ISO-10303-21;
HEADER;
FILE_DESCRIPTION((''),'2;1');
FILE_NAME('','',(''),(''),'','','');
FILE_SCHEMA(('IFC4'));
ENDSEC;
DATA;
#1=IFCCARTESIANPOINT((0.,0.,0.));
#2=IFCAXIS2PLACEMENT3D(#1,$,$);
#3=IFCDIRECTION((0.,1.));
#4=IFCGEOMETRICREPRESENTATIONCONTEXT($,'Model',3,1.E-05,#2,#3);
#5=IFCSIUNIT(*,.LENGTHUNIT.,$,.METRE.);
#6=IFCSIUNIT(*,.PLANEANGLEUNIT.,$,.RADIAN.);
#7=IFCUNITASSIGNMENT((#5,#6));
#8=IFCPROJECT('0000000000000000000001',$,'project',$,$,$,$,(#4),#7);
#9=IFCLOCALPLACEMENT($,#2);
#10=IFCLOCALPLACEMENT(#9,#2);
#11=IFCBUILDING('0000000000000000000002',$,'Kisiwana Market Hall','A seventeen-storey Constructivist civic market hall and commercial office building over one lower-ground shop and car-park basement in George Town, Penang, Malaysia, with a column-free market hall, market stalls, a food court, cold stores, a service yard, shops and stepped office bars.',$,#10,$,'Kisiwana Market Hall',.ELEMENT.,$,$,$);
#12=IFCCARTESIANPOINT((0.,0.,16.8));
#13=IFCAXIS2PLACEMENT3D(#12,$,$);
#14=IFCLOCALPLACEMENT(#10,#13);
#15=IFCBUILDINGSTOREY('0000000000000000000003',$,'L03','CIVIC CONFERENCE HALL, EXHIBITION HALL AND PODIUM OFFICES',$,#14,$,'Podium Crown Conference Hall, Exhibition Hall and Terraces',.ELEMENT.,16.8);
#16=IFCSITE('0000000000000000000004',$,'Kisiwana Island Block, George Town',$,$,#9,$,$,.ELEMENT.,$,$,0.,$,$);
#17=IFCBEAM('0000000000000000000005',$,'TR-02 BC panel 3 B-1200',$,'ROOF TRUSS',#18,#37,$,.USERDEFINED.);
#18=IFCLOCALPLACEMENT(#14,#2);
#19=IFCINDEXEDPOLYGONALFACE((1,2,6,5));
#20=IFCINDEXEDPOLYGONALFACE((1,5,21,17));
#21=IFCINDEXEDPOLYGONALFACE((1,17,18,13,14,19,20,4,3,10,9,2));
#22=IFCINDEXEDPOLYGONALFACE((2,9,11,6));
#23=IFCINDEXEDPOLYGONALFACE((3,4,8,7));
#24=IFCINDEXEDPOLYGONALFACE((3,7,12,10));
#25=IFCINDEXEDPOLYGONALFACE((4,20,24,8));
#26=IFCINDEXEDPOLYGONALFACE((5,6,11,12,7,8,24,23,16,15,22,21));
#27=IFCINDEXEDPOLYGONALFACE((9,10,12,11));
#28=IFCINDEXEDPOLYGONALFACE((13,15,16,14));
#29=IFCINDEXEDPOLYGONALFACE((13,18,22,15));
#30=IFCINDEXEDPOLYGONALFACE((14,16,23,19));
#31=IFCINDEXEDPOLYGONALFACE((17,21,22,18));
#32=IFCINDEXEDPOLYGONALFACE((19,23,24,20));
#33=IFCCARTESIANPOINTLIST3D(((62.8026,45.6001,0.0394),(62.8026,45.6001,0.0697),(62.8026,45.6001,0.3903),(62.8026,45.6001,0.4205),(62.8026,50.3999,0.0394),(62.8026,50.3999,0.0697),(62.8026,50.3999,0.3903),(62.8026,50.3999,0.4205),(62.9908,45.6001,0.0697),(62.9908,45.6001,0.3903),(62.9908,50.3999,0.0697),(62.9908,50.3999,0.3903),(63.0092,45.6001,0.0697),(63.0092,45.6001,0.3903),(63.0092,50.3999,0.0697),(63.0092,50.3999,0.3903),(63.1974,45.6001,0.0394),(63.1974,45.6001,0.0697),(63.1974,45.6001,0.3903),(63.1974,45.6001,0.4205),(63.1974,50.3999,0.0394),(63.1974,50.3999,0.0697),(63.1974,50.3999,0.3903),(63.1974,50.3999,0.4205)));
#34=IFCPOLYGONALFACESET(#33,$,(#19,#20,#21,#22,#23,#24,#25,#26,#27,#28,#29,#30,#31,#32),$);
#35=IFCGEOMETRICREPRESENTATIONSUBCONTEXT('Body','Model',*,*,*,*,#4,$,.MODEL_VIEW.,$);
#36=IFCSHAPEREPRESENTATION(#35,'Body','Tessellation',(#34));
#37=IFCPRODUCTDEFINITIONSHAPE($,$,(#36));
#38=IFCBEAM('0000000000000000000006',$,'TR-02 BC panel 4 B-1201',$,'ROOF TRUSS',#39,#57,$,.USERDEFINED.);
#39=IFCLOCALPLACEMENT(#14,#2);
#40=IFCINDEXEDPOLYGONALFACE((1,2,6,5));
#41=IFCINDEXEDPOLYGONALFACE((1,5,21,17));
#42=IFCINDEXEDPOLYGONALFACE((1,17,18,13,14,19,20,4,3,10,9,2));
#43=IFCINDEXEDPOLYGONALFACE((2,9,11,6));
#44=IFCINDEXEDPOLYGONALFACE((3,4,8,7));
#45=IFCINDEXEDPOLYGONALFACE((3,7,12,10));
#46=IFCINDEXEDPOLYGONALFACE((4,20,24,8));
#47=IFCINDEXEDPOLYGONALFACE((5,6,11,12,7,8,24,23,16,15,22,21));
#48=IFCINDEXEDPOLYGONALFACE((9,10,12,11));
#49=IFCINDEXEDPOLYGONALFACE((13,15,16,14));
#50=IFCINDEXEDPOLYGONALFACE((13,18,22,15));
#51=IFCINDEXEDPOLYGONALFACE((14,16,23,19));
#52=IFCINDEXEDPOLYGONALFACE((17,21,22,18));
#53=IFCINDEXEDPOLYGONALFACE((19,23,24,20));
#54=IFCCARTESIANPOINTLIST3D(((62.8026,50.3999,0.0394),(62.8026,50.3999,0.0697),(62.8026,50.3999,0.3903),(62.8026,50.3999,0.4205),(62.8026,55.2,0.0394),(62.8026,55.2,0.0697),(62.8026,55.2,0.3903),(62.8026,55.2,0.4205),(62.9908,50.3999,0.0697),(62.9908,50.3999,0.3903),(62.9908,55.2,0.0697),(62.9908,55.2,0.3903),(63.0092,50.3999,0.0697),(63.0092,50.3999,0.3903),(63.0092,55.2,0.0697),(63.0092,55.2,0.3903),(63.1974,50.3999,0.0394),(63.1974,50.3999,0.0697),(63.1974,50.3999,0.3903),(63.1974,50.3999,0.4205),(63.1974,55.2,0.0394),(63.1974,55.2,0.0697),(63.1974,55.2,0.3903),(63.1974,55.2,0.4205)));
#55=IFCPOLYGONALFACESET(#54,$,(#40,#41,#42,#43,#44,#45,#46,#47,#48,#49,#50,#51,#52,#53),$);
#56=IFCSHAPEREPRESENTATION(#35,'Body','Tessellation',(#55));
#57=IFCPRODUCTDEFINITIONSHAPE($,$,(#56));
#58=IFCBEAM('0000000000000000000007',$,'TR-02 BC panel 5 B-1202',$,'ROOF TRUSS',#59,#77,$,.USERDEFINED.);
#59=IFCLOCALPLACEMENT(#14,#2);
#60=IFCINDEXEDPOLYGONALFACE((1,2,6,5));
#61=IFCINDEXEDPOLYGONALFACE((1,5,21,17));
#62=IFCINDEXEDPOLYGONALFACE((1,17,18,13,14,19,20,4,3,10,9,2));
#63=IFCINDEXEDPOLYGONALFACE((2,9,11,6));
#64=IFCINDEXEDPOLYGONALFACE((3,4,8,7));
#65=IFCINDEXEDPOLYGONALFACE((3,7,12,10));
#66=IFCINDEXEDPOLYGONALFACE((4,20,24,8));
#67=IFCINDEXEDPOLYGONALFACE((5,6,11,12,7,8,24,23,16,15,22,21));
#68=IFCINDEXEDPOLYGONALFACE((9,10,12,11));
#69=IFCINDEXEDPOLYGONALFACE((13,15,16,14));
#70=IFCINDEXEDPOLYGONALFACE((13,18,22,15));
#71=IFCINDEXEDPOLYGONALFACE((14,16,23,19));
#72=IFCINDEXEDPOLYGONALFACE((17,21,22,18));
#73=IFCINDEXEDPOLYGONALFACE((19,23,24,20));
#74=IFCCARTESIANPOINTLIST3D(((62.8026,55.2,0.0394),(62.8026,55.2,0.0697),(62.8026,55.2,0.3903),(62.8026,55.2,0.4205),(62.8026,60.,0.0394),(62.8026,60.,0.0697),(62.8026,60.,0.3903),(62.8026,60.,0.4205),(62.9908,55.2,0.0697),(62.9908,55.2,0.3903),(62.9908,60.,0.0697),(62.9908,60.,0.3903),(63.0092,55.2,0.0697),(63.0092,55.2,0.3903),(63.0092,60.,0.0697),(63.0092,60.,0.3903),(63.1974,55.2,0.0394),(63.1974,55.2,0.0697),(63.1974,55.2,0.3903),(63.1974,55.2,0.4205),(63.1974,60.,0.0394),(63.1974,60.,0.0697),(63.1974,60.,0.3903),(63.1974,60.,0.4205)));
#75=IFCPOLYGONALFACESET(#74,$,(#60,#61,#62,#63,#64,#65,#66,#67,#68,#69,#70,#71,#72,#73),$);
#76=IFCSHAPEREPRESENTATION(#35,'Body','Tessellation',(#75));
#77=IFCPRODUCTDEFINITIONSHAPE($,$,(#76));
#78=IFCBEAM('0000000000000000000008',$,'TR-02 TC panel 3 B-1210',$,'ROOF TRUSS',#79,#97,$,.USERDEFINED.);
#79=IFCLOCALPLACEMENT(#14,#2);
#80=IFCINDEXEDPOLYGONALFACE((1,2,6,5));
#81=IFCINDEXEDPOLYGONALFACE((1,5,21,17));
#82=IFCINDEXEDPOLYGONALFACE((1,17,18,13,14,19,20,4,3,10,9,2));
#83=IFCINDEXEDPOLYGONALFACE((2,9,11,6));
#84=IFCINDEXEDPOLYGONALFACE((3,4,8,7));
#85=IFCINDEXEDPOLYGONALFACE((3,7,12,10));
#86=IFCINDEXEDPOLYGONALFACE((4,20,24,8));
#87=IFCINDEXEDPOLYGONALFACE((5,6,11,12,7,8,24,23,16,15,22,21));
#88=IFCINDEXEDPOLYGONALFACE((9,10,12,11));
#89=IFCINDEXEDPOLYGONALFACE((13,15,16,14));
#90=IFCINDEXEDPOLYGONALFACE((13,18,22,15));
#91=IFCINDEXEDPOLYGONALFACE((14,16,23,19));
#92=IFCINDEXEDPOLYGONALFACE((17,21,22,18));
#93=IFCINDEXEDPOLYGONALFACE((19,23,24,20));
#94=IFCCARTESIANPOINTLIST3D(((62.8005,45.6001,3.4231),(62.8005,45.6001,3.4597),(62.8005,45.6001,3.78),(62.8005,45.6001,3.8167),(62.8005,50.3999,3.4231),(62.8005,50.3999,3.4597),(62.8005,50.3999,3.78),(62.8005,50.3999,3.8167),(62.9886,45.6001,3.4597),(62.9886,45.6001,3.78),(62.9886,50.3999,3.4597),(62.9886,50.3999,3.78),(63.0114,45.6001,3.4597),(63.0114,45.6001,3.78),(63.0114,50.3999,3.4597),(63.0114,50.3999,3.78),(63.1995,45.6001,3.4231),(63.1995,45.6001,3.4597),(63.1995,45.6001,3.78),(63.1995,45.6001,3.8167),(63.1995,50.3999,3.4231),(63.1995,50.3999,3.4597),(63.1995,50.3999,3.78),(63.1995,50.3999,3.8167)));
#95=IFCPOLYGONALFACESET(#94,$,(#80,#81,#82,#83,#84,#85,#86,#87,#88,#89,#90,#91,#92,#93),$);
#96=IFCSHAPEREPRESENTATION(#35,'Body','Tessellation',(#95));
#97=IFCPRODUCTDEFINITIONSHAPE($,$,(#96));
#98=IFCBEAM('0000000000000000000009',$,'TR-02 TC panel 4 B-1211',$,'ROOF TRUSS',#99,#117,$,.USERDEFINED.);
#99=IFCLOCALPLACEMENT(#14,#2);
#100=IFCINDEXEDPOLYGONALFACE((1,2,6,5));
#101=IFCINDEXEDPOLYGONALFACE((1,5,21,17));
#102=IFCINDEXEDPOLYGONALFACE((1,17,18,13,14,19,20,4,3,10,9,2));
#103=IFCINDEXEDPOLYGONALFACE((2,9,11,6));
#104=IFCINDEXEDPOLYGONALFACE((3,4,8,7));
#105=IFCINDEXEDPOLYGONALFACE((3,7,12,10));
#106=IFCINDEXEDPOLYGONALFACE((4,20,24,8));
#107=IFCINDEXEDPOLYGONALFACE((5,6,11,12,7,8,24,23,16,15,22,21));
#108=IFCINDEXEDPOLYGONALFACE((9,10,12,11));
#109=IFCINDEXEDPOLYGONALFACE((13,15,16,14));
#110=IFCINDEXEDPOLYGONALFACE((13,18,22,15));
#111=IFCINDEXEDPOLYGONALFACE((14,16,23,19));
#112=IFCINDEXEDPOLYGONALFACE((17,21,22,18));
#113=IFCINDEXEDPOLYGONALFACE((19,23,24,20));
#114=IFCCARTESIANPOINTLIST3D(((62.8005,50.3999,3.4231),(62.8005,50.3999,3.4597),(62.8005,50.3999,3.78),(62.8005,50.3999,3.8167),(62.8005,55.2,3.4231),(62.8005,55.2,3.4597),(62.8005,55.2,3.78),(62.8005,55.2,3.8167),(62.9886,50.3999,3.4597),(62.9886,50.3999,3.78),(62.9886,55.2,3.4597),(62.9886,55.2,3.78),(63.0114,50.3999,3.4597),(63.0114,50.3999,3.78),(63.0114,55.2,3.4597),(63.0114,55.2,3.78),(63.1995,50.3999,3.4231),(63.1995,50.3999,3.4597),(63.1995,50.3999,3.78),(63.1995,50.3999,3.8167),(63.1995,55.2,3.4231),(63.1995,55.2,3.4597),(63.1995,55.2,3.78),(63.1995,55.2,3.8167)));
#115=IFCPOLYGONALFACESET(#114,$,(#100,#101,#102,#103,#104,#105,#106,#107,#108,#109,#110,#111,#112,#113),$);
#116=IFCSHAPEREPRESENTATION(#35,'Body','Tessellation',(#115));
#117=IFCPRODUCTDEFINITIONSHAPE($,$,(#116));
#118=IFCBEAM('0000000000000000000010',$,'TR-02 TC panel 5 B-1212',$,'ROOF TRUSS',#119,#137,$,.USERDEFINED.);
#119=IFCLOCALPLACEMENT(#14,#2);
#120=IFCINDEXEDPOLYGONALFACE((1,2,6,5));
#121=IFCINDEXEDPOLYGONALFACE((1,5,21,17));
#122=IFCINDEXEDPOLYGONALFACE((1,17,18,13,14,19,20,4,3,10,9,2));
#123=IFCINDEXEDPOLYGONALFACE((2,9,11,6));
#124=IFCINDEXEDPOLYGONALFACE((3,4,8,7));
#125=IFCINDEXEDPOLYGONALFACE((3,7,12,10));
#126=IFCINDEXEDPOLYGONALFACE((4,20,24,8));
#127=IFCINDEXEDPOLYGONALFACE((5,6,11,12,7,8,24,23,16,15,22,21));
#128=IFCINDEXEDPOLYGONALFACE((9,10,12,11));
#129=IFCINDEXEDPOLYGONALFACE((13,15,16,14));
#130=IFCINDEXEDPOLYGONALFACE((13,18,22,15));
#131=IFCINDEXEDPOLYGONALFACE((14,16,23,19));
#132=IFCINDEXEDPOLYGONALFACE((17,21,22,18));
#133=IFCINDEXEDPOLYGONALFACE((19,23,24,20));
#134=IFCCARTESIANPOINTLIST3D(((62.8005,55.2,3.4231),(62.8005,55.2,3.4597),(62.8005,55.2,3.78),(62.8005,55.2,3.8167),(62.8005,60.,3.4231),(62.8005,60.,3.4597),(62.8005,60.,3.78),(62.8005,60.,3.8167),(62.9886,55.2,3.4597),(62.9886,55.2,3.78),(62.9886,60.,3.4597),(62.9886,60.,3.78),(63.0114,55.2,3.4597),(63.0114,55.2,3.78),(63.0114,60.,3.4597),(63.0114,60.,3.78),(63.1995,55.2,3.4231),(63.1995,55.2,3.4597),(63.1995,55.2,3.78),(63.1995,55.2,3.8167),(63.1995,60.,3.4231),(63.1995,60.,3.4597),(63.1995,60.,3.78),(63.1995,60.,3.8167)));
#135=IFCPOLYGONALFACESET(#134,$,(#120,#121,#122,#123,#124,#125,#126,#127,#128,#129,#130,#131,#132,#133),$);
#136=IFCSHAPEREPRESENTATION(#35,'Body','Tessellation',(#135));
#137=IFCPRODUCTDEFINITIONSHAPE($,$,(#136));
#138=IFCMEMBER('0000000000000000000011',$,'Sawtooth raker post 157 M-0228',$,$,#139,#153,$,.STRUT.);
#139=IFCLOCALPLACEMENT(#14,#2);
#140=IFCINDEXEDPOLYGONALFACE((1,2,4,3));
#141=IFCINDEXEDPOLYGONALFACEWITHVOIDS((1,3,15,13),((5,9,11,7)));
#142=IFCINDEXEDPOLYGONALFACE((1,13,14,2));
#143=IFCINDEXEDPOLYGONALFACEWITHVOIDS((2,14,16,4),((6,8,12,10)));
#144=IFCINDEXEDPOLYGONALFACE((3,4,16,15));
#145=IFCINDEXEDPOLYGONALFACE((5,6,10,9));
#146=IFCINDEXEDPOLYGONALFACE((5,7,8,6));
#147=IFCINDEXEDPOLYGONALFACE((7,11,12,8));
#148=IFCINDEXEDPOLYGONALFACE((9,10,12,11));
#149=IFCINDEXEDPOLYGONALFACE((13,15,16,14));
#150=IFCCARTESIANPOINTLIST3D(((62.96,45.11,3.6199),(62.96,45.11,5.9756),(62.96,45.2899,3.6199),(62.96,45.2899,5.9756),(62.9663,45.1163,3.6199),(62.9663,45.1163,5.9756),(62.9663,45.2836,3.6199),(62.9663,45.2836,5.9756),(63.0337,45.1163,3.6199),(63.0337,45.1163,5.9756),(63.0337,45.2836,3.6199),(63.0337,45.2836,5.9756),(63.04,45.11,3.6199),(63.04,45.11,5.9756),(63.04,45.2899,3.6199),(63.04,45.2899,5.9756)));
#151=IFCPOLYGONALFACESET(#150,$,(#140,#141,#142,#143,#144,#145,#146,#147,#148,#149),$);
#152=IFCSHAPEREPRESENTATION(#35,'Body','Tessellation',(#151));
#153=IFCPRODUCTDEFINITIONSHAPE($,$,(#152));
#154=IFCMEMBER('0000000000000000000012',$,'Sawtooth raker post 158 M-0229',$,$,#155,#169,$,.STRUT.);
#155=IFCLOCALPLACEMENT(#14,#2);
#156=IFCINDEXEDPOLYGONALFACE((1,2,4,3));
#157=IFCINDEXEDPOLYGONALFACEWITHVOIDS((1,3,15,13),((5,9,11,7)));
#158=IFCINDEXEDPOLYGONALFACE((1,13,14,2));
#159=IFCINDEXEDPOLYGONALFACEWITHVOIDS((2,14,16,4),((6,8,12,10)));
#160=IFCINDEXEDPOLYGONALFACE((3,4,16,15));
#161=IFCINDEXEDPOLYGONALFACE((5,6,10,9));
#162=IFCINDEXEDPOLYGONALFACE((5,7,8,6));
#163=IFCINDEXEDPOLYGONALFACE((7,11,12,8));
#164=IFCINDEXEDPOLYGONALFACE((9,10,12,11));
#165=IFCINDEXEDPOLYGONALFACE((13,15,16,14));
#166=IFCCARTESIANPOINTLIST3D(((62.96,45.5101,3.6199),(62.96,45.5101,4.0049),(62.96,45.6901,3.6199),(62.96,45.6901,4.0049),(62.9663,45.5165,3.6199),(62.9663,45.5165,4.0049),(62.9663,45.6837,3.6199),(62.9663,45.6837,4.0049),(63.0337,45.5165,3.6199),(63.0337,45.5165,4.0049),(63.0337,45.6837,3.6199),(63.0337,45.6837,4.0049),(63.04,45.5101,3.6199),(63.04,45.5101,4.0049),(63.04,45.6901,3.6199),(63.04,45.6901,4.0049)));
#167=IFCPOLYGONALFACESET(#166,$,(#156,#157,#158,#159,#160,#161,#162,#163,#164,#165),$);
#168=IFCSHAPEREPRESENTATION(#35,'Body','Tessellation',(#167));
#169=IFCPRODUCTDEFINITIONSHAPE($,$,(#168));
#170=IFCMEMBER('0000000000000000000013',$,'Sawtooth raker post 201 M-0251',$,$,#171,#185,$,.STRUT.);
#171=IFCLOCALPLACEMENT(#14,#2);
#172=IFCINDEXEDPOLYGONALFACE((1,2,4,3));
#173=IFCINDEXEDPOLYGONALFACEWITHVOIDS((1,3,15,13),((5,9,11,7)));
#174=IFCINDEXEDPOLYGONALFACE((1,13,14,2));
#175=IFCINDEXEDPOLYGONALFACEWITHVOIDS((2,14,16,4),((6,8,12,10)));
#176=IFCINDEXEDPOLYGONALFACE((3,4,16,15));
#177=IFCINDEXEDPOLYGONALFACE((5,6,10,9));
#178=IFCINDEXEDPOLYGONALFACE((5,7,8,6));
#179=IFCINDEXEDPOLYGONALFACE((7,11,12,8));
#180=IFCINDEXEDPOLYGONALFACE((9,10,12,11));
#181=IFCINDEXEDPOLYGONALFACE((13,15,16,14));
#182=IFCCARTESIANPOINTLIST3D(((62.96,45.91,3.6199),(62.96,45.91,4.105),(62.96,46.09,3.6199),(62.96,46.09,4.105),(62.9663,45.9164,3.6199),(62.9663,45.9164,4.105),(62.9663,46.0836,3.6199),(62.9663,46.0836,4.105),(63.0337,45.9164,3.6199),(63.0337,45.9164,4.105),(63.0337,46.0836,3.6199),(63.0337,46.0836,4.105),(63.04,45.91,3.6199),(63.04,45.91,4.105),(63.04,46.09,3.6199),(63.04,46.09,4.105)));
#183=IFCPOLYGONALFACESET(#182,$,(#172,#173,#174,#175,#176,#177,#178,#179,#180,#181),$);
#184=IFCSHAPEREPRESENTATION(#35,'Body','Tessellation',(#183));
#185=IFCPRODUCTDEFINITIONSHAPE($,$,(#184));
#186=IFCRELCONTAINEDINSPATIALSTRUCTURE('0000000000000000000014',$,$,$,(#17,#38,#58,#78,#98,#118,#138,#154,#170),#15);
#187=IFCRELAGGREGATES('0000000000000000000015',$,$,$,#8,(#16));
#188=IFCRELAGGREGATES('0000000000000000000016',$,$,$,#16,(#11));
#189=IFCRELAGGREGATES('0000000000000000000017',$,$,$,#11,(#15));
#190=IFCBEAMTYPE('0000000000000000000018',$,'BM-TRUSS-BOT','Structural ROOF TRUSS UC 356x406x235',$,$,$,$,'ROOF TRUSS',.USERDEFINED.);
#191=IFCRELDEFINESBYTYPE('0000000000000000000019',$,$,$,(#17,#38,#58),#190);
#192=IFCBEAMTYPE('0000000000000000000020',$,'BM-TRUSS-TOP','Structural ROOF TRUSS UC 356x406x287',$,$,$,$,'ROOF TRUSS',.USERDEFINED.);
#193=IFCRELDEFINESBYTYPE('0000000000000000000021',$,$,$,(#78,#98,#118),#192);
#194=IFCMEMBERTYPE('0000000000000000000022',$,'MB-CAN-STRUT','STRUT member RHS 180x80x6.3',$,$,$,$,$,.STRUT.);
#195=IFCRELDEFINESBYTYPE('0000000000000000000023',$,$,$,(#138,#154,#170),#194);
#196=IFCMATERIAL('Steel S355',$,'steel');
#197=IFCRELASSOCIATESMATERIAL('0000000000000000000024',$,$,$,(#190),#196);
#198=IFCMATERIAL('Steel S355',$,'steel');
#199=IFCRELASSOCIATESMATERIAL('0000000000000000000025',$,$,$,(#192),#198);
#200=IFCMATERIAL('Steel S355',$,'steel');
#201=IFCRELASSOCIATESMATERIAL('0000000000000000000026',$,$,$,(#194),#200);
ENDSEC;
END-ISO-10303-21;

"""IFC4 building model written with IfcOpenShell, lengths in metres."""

from ifc_helpers import new_model, si_unit, direction, frame, origin, origin_2d, place, context, subcontext, project, spatial, hollow_rectangle, i_section, extrude, material, material_profile, profile_set, type_object, element, save


model = new_model("IFC4")

# Units and contexts
model_context = context("Model", 3, precision=1e-05, world=origin(), true_north=direction((0.0, 1.0)))
body_context = subcontext(model_context, "Body", "Model", "MODEL_VIEW")
ifc_project = project(units=[si_unit("LENGTHUNIT", "METRE"), si_unit("PLANEANGLEUNIT", "RADIAN")], contexts=[model_context])

# Site, building, storey
site_placement = place(None, origin())
site = spatial("IfcSite", under=ifc_project, at=site_placement, Name="Kisiwana Island Block, George Town", CompositionType="ELEMENT", RefElevation=0.0)
building_placement = place(site_placement, origin())
building = spatial("IfcBuilding", under=site, at=building_placement, Name="Kisiwana Market Hall", Description="A seventeen-storey Constructivist civic market hall and commercial office building over one lower-ground shop and car-park basement in George Town, Penang, Malaysia, with a column-free market hall, market stalls, a food court, cold stores, a service yard, shops and stepped office bars.", LongName="Kisiwana Market Hall", CompositionType="ELEMENT")
storey_placement = place(building_placement, frame((0.0, 0.0, 16.8)))
storey = spatial("IfcBuildingStorey", under=building, at=storey_placement, Name="L03", Description="CIVIC CONFERENCE HALL, EXHIBITION HALL AND PODIUM OFFICES", LongName="Podium Crown Conference Hall, Exhibition Hall and Terraces", CompositionType="ELEMENT", Elevation=16.8)

# Beams
ifc_material_1 = material(Name="Steel S355", Category="steel")
ifc_material_profile_1 = material_profile(ifc_material_1, i_section(OverallWidth=0.3948, OverallDepth=0.3811, WebThickness=0.0183, FlangeThickness=0.0303, at=origin_2d()), Name="UC 356x406x235")
ifc_profile_set_1 = profile_set([ifc_material_profile_1], Name="Steel S355")
beam_type_1 = type_object("IfcBeamType", Name="BM-TRUSS-BOT", Description="Structural ROOF TRUSS UC 356x406x235", ElementType="ROOF TRUSS", PredefinedType="USERDEFINED", material=ifc_profile_set_1)
beam_1_placement = place(storey_placement, frame((63.0, 45.6001, 0.23), z_axis=(0.0, 1.0, 0.0), x_axis=(-1.0, 0.0, 0.0)))
element("IfcBeam", 1, at=beam_1_placement, inside=storey, type_object=beam_type_1, Name="TR-02 BC panel 3 B-1200", ObjectType="ROOF TRUSS", PredefinedType="USERDEFINED", context=body_context, shape_type="SweptSolid", body=[
    extrude(i_section(OverallWidth=0.3948, OverallDepth=0.3811, WebThickness=0.0183, FlangeThickness=0.0303, at=origin_2d()), origin(), (0.0, 0.0, 1.0), 4.7998),
])
for number, where, z_axis, x_axis, name in (
    (2, (63.0, 50.3999, 0.23), (0.0, 1.0, 0.0), (-1.0, 0.0, 0.0), "TR-02 BC panel 4 B-1201"),
    (3, (63.0, 55.2, 0.23), (0.0, 1.0, 0.0), (-1.0, 0.0, 0.0), "TR-02 BC panel 5 B-1202"),
):
    element("IfcBeam", number, at=place(storey_placement, frame(where, z_axis=z_axis, x_axis=x_axis)), inside=storey, type_object=beam_type_1, Name=name, ObjectType="ROOF TRUSS", PredefinedType="USERDEFINED", context=body_context, shape_type="SweptSolid", body=[
        extrude(i_section(OverallWidth=0.3948, OverallDepth=0.3811, WebThickness=0.0183, FlangeThickness=0.0303, at=origin_2d()), origin(), (0.0, 0.0, 1.0), 4.8),
    ])
ifc_material_2 = material(Name="Steel S355", Category="steel")
ifc_material_profile_2 = material_profile(ifc_material_2, i_section(OverallWidth=0.3989, OverallDepth=0.3936, WebThickness=0.0227, FlangeThickness=0.0366, at=origin_2d()), Name="UC 356x406x287")
ifc_profile_set_2 = profile_set([ifc_material_profile_2], Name="Steel S355")
beam_type_2 = type_object("IfcBeamType", Name="BM-TRUSS-TOP", Description="Structural ROOF TRUSS UC 356x406x287", ElementType="ROOF TRUSS", PredefinedType="USERDEFINED", material=ifc_profile_set_2)
beam_2_placement = place(storey_placement, frame((63.0, 45.6001, 3.6199), z_axis=(0.0, 1.0, 0.0), x_axis=(-1.0, 0.0, 0.0)))
element("IfcBeam", 4, at=beam_2_placement, inside=storey, type_object=beam_type_2, Name="TR-02 TC panel 3 B-1210", ObjectType="ROOF TRUSS", PredefinedType="USERDEFINED", context=body_context, shape_type="SweptSolid", body=[
    extrude(i_section(OverallWidth=0.3989, OverallDepth=0.3936, WebThickness=0.0227, FlangeThickness=0.0366, at=origin_2d()), origin(), (0.0, 0.0, 1.0), 4.7998),
])
for number, where, z_axis, x_axis, name in (
    (5, (63.0, 50.3999, 3.6199), (0.0, 1.0, 0.0), (-1.0, 0.0, 0.0), "TR-02 TC panel 4 B-1211"),
    (6, (63.0, 55.2, 3.6199), (0.0, 1.0, 0.0), (-1.0, 0.0, 0.0), "TR-02 TC panel 5 B-1212"),
):
    element("IfcBeam", number, at=place(storey_placement, frame(where, z_axis=z_axis, x_axis=x_axis)), inside=storey, type_object=beam_type_2, Name=name, ObjectType="ROOF TRUSS", PredefinedType="USERDEFINED", context=body_context, shape_type="SweptSolid", body=[
        extrude(i_section(OverallWidth=0.3989, OverallDepth=0.3936, WebThickness=0.0227, FlangeThickness=0.0366, at=origin_2d()), origin(), (0.0, 0.0, 1.0), 4.8),
    ])

# Members
ifc_material_3 = material(Name="Steel S355", Category="steel")
ifc_material_profile_3 = material_profile(ifc_material_3, hollow_rectangle(XDim=0.0801, YDim=0.1799, WallThickness=0.0063, at=origin_2d()), Name="RHS 180x80x6.3")
ifc_profile_set_3 = profile_set([ifc_material_profile_3], Name="Steel S355")
member_type_1 = type_object("IfcMemberType", Name="MB-CAN-STRUT", Description="STRUT member RHS 180x80x6.3", PredefinedType="STRUT", material=ifc_profile_set_3)
member_1_placement = place(storey_placement, frame((63.0, 45.2, 3.6199), z_axis=(0.0, 0.0, 1.0), x_axis=(1.0, 0.0, 0.0)))
element("IfcMember", 7, at=member_1_placement, inside=storey, type_object=member_type_1, Name="Sawtooth raker post 157 M-0228", PredefinedType="STRUT", context=body_context, shape_type="SweptSolid", body=[
    extrude(hollow_rectangle(XDim=0.0801, YDim=0.1799, WallThickness=0.0063, at=origin_2d()), origin(), (0.0, 0.0, 1.0), 2.3557),
])
member_2_placement = place(storey_placement, frame((63.0, 45.6001, 3.6199), z_axis=(0.0, 0.0, 1.0), x_axis=(1.0, 0.0, 0.0)))
element("IfcMember", 8, at=member_2_placement, inside=storey, type_object=member_type_1, Name="Sawtooth raker post 158 M-0229", PredefinedType="STRUT", context=body_context, shape_type="SweptSolid", body=[
    extrude(hollow_rectangle(XDim=0.0801, YDim=0.1799, WallThickness=0.0063, at=origin_2d()), origin(), (0.0, 0.0, 1.0), 0.385),
])
member_3_placement = place(storey_placement, frame((63.0, 46.0, 3.6199), z_axis=(0.0, 0.0, 1.0), x_axis=(1.0, 0.0, 0.0)))
element("IfcMember", 9, at=member_3_placement, inside=storey, type_object=member_type_1, Name="Sawtooth raker post 201 M-0251", PredefinedType="STRUT", context=body_context, shape_type="SweptSolid", body=[
    extrude(hollow_rectangle(XDim=0.0801, YDim=0.1799, WallThickness=0.0063, at=origin_2d()), origin(), (0.0, 0.0, 1.0), 0.4851),
])

save(model, "model.ifc")
